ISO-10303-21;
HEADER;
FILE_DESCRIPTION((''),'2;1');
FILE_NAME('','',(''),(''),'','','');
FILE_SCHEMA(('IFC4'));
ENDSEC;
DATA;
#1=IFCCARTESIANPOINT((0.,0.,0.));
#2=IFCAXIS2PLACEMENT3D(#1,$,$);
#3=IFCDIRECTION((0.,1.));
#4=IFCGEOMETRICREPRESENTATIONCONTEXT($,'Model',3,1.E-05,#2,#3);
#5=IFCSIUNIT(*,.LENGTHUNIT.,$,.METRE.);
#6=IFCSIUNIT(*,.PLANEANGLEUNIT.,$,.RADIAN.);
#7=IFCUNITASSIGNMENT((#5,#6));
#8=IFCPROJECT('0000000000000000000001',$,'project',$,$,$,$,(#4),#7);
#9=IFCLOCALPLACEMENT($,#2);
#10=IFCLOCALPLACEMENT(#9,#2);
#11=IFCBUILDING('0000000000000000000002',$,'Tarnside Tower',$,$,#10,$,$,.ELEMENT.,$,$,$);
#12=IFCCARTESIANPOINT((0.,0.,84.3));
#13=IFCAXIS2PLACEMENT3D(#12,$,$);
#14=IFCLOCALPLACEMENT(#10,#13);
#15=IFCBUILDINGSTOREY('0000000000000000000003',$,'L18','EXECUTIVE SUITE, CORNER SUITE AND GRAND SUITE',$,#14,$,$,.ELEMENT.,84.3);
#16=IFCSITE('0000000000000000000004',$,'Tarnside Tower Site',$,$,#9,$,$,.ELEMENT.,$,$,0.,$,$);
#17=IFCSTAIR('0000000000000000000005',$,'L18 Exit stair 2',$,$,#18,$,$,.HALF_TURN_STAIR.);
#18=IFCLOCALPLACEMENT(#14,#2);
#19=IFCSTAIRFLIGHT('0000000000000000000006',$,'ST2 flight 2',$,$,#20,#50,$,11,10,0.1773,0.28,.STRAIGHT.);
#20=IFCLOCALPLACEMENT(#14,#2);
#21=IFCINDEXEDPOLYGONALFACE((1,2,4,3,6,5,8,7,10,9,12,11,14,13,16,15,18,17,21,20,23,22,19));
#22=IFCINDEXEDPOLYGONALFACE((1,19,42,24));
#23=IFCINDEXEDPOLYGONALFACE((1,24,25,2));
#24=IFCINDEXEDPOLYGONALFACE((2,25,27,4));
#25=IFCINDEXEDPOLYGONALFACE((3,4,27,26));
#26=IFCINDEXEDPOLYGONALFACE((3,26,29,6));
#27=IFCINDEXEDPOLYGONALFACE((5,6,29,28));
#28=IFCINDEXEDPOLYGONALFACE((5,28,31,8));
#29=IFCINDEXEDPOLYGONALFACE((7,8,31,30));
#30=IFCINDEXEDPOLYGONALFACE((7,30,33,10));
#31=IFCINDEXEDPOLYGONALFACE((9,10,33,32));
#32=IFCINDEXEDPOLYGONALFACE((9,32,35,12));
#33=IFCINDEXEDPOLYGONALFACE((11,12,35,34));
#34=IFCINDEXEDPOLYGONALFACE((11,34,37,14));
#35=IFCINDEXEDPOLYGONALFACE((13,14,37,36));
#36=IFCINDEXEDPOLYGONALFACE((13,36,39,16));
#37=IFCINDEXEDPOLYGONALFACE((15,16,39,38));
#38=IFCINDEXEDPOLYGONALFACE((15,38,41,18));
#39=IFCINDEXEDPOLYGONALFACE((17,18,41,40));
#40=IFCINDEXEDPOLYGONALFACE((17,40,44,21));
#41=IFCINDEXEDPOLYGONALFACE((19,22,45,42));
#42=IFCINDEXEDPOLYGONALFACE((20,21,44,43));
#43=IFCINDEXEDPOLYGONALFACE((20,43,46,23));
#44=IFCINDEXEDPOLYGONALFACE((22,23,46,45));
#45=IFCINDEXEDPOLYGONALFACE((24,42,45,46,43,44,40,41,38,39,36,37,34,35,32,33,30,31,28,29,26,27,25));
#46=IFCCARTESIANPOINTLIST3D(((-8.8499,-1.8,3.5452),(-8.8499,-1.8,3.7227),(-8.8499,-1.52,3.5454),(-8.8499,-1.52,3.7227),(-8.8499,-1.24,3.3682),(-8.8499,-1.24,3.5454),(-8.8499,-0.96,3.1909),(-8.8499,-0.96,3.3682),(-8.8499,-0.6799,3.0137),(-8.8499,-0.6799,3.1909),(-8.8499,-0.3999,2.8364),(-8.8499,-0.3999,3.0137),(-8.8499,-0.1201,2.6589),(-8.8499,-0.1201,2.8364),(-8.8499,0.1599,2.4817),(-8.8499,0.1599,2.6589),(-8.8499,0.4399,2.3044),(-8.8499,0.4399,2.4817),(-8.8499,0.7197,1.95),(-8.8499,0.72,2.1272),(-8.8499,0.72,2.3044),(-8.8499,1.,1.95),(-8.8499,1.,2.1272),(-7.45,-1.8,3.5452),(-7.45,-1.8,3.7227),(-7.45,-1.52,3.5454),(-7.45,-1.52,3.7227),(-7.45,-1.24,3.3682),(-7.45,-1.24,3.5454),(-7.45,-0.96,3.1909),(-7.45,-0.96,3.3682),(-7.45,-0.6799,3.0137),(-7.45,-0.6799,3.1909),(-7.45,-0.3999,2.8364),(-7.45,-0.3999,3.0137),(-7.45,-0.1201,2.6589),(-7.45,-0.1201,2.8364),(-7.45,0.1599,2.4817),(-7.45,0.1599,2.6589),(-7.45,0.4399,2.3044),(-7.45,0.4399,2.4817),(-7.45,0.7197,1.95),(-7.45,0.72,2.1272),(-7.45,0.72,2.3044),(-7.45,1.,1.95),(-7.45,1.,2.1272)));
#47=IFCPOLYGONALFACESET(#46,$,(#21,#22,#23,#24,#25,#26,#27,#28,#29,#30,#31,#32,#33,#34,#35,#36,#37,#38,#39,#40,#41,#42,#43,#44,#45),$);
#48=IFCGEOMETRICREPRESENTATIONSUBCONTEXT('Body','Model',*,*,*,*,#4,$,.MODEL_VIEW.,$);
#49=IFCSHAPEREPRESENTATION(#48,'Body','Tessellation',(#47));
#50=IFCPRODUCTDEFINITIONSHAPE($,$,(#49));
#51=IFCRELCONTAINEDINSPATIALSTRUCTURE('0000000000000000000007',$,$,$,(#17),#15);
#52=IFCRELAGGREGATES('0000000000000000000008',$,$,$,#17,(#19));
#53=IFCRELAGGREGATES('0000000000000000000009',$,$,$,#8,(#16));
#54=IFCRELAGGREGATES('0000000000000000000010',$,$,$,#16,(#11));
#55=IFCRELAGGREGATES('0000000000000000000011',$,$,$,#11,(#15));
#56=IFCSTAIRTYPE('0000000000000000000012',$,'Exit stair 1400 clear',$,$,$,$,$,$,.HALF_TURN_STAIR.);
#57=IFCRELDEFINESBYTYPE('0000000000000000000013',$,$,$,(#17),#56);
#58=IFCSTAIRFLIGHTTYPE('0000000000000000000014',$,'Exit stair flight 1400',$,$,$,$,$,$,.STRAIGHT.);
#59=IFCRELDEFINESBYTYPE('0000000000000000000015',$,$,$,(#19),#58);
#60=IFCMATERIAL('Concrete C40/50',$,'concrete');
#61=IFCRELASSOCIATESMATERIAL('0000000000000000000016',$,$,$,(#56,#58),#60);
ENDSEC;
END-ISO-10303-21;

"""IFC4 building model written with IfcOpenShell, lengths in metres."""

from ifc_helpers import new_model, si_unit, direction, frame, origin, place, context, subcontext, project, spatial, polyline, outline, extrude, material, type_object, element, aggregate, save


model = new_model("IFC4")

# Units and contexts
model_context = context("Model", 3, precision=1e-05, world=origin(), true_north=direction((0.0, 1.0)))
body_context = subcontext(model_context, "Body", "Model", "MODEL_VIEW")
ifc_project = project(units=[si_unit("LENGTHUNIT", "METRE"), si_unit("PLANEANGLEUNIT", "RADIAN")], contexts=[model_context])

# Site, building, storey
site_placement = place(None, origin())
site = spatial("IfcSite", under=ifc_project, at=site_placement, Name="Tarnside Tower Site", CompositionType="ELEMENT", RefElevation=0.0)
building_placement = place(site_placement, origin())
building = spatial("IfcBuilding", under=site, at=building_placement, Name="Tarnside Tower", CompositionType="ELEMENT")
storey_placement = place(building_placement, frame((0.0, 0.0, 84.3)))
storey = spatial("IfcBuildingStorey", under=building, at=storey_placement, Name="L18", Description="EXECUTIVE SUITE, CORNER SUITE AND GRAND SUITE", CompositionType="ELEMENT", Elevation=84.3)

# Shared definitions
ifc_material_1 = material(Name="Concrete C40/50", Category="concrete")

# Stair, stair flight
stair_type = type_object("IfcStairType", Name="Exit stair 1400 clear", PredefinedType="HALF_TURN_STAIR", material=ifc_material_1)
stair_placement = place(storey_placement, origin())
stair = element("IfcStair", 1, at=stair_placement, inside=storey, type_object=stair_type, Name="L18 Exit stair 2", PredefinedType="HALF_TURN_STAIR")
stair_flight_type = type_object("IfcStairFlightType", Name="Exit stair flight 1400", PredefinedType="STRAIGHT", material=ifc_material_1)
stair_flight_placement = place(storey_placement, frame((-8.1499, 1.0, 1.95), z_axis=(0.0, 0.0, 1.0), x_axis=(0.0, -1.0, 0.0)))
stair_flight = element("IfcStairFlight", 2, at=stair_flight_placement, type_object=stair_flight_type, Name="ST2 flight 2", NumberOfRisers=11, NumberOfTreads=10, PredefinedType="STRAIGHT", RiserHeight=0.1773, TreadLength=0.28, context=body_context, shape_type="SweptSolid", body=[
    extrude(outline(polyline([(0.0, 0.0), (0.0, 0.1772), (0.28, 0.1772), (0.28, 0.3545), (0.5601, 0.3545), (0.5601, 0.5317), (0.8401, 0.5317), (0.8401, 0.709), (1.1201, 0.709), (1.1201, 0.8865), (1.3999, 0.8865), (1.3999, 1.0637), (1.6799, 1.0637), (1.6799, 1.241), (1.96, 1.241), (1.96, 1.4182), (2.24, 1.4182), (2.24, 1.5955), (2.52, 1.5955), (2.52, 1.7727), (2.8, 1.7727), (2.8, 1.95), (2.8, 1.5952), (0.2803, 0.0), (0.0, 0.0)])), frame((0.0, 0.7, 0.0), z_axis=(0.0, -1.0, 0.0), x_axis=(1.0, 0.0, 0.0)), (0.0, 0.0, 1.0), 1.3999),
])
aggregate(stair, [stair_flight])

save(model, "model.ifc")
